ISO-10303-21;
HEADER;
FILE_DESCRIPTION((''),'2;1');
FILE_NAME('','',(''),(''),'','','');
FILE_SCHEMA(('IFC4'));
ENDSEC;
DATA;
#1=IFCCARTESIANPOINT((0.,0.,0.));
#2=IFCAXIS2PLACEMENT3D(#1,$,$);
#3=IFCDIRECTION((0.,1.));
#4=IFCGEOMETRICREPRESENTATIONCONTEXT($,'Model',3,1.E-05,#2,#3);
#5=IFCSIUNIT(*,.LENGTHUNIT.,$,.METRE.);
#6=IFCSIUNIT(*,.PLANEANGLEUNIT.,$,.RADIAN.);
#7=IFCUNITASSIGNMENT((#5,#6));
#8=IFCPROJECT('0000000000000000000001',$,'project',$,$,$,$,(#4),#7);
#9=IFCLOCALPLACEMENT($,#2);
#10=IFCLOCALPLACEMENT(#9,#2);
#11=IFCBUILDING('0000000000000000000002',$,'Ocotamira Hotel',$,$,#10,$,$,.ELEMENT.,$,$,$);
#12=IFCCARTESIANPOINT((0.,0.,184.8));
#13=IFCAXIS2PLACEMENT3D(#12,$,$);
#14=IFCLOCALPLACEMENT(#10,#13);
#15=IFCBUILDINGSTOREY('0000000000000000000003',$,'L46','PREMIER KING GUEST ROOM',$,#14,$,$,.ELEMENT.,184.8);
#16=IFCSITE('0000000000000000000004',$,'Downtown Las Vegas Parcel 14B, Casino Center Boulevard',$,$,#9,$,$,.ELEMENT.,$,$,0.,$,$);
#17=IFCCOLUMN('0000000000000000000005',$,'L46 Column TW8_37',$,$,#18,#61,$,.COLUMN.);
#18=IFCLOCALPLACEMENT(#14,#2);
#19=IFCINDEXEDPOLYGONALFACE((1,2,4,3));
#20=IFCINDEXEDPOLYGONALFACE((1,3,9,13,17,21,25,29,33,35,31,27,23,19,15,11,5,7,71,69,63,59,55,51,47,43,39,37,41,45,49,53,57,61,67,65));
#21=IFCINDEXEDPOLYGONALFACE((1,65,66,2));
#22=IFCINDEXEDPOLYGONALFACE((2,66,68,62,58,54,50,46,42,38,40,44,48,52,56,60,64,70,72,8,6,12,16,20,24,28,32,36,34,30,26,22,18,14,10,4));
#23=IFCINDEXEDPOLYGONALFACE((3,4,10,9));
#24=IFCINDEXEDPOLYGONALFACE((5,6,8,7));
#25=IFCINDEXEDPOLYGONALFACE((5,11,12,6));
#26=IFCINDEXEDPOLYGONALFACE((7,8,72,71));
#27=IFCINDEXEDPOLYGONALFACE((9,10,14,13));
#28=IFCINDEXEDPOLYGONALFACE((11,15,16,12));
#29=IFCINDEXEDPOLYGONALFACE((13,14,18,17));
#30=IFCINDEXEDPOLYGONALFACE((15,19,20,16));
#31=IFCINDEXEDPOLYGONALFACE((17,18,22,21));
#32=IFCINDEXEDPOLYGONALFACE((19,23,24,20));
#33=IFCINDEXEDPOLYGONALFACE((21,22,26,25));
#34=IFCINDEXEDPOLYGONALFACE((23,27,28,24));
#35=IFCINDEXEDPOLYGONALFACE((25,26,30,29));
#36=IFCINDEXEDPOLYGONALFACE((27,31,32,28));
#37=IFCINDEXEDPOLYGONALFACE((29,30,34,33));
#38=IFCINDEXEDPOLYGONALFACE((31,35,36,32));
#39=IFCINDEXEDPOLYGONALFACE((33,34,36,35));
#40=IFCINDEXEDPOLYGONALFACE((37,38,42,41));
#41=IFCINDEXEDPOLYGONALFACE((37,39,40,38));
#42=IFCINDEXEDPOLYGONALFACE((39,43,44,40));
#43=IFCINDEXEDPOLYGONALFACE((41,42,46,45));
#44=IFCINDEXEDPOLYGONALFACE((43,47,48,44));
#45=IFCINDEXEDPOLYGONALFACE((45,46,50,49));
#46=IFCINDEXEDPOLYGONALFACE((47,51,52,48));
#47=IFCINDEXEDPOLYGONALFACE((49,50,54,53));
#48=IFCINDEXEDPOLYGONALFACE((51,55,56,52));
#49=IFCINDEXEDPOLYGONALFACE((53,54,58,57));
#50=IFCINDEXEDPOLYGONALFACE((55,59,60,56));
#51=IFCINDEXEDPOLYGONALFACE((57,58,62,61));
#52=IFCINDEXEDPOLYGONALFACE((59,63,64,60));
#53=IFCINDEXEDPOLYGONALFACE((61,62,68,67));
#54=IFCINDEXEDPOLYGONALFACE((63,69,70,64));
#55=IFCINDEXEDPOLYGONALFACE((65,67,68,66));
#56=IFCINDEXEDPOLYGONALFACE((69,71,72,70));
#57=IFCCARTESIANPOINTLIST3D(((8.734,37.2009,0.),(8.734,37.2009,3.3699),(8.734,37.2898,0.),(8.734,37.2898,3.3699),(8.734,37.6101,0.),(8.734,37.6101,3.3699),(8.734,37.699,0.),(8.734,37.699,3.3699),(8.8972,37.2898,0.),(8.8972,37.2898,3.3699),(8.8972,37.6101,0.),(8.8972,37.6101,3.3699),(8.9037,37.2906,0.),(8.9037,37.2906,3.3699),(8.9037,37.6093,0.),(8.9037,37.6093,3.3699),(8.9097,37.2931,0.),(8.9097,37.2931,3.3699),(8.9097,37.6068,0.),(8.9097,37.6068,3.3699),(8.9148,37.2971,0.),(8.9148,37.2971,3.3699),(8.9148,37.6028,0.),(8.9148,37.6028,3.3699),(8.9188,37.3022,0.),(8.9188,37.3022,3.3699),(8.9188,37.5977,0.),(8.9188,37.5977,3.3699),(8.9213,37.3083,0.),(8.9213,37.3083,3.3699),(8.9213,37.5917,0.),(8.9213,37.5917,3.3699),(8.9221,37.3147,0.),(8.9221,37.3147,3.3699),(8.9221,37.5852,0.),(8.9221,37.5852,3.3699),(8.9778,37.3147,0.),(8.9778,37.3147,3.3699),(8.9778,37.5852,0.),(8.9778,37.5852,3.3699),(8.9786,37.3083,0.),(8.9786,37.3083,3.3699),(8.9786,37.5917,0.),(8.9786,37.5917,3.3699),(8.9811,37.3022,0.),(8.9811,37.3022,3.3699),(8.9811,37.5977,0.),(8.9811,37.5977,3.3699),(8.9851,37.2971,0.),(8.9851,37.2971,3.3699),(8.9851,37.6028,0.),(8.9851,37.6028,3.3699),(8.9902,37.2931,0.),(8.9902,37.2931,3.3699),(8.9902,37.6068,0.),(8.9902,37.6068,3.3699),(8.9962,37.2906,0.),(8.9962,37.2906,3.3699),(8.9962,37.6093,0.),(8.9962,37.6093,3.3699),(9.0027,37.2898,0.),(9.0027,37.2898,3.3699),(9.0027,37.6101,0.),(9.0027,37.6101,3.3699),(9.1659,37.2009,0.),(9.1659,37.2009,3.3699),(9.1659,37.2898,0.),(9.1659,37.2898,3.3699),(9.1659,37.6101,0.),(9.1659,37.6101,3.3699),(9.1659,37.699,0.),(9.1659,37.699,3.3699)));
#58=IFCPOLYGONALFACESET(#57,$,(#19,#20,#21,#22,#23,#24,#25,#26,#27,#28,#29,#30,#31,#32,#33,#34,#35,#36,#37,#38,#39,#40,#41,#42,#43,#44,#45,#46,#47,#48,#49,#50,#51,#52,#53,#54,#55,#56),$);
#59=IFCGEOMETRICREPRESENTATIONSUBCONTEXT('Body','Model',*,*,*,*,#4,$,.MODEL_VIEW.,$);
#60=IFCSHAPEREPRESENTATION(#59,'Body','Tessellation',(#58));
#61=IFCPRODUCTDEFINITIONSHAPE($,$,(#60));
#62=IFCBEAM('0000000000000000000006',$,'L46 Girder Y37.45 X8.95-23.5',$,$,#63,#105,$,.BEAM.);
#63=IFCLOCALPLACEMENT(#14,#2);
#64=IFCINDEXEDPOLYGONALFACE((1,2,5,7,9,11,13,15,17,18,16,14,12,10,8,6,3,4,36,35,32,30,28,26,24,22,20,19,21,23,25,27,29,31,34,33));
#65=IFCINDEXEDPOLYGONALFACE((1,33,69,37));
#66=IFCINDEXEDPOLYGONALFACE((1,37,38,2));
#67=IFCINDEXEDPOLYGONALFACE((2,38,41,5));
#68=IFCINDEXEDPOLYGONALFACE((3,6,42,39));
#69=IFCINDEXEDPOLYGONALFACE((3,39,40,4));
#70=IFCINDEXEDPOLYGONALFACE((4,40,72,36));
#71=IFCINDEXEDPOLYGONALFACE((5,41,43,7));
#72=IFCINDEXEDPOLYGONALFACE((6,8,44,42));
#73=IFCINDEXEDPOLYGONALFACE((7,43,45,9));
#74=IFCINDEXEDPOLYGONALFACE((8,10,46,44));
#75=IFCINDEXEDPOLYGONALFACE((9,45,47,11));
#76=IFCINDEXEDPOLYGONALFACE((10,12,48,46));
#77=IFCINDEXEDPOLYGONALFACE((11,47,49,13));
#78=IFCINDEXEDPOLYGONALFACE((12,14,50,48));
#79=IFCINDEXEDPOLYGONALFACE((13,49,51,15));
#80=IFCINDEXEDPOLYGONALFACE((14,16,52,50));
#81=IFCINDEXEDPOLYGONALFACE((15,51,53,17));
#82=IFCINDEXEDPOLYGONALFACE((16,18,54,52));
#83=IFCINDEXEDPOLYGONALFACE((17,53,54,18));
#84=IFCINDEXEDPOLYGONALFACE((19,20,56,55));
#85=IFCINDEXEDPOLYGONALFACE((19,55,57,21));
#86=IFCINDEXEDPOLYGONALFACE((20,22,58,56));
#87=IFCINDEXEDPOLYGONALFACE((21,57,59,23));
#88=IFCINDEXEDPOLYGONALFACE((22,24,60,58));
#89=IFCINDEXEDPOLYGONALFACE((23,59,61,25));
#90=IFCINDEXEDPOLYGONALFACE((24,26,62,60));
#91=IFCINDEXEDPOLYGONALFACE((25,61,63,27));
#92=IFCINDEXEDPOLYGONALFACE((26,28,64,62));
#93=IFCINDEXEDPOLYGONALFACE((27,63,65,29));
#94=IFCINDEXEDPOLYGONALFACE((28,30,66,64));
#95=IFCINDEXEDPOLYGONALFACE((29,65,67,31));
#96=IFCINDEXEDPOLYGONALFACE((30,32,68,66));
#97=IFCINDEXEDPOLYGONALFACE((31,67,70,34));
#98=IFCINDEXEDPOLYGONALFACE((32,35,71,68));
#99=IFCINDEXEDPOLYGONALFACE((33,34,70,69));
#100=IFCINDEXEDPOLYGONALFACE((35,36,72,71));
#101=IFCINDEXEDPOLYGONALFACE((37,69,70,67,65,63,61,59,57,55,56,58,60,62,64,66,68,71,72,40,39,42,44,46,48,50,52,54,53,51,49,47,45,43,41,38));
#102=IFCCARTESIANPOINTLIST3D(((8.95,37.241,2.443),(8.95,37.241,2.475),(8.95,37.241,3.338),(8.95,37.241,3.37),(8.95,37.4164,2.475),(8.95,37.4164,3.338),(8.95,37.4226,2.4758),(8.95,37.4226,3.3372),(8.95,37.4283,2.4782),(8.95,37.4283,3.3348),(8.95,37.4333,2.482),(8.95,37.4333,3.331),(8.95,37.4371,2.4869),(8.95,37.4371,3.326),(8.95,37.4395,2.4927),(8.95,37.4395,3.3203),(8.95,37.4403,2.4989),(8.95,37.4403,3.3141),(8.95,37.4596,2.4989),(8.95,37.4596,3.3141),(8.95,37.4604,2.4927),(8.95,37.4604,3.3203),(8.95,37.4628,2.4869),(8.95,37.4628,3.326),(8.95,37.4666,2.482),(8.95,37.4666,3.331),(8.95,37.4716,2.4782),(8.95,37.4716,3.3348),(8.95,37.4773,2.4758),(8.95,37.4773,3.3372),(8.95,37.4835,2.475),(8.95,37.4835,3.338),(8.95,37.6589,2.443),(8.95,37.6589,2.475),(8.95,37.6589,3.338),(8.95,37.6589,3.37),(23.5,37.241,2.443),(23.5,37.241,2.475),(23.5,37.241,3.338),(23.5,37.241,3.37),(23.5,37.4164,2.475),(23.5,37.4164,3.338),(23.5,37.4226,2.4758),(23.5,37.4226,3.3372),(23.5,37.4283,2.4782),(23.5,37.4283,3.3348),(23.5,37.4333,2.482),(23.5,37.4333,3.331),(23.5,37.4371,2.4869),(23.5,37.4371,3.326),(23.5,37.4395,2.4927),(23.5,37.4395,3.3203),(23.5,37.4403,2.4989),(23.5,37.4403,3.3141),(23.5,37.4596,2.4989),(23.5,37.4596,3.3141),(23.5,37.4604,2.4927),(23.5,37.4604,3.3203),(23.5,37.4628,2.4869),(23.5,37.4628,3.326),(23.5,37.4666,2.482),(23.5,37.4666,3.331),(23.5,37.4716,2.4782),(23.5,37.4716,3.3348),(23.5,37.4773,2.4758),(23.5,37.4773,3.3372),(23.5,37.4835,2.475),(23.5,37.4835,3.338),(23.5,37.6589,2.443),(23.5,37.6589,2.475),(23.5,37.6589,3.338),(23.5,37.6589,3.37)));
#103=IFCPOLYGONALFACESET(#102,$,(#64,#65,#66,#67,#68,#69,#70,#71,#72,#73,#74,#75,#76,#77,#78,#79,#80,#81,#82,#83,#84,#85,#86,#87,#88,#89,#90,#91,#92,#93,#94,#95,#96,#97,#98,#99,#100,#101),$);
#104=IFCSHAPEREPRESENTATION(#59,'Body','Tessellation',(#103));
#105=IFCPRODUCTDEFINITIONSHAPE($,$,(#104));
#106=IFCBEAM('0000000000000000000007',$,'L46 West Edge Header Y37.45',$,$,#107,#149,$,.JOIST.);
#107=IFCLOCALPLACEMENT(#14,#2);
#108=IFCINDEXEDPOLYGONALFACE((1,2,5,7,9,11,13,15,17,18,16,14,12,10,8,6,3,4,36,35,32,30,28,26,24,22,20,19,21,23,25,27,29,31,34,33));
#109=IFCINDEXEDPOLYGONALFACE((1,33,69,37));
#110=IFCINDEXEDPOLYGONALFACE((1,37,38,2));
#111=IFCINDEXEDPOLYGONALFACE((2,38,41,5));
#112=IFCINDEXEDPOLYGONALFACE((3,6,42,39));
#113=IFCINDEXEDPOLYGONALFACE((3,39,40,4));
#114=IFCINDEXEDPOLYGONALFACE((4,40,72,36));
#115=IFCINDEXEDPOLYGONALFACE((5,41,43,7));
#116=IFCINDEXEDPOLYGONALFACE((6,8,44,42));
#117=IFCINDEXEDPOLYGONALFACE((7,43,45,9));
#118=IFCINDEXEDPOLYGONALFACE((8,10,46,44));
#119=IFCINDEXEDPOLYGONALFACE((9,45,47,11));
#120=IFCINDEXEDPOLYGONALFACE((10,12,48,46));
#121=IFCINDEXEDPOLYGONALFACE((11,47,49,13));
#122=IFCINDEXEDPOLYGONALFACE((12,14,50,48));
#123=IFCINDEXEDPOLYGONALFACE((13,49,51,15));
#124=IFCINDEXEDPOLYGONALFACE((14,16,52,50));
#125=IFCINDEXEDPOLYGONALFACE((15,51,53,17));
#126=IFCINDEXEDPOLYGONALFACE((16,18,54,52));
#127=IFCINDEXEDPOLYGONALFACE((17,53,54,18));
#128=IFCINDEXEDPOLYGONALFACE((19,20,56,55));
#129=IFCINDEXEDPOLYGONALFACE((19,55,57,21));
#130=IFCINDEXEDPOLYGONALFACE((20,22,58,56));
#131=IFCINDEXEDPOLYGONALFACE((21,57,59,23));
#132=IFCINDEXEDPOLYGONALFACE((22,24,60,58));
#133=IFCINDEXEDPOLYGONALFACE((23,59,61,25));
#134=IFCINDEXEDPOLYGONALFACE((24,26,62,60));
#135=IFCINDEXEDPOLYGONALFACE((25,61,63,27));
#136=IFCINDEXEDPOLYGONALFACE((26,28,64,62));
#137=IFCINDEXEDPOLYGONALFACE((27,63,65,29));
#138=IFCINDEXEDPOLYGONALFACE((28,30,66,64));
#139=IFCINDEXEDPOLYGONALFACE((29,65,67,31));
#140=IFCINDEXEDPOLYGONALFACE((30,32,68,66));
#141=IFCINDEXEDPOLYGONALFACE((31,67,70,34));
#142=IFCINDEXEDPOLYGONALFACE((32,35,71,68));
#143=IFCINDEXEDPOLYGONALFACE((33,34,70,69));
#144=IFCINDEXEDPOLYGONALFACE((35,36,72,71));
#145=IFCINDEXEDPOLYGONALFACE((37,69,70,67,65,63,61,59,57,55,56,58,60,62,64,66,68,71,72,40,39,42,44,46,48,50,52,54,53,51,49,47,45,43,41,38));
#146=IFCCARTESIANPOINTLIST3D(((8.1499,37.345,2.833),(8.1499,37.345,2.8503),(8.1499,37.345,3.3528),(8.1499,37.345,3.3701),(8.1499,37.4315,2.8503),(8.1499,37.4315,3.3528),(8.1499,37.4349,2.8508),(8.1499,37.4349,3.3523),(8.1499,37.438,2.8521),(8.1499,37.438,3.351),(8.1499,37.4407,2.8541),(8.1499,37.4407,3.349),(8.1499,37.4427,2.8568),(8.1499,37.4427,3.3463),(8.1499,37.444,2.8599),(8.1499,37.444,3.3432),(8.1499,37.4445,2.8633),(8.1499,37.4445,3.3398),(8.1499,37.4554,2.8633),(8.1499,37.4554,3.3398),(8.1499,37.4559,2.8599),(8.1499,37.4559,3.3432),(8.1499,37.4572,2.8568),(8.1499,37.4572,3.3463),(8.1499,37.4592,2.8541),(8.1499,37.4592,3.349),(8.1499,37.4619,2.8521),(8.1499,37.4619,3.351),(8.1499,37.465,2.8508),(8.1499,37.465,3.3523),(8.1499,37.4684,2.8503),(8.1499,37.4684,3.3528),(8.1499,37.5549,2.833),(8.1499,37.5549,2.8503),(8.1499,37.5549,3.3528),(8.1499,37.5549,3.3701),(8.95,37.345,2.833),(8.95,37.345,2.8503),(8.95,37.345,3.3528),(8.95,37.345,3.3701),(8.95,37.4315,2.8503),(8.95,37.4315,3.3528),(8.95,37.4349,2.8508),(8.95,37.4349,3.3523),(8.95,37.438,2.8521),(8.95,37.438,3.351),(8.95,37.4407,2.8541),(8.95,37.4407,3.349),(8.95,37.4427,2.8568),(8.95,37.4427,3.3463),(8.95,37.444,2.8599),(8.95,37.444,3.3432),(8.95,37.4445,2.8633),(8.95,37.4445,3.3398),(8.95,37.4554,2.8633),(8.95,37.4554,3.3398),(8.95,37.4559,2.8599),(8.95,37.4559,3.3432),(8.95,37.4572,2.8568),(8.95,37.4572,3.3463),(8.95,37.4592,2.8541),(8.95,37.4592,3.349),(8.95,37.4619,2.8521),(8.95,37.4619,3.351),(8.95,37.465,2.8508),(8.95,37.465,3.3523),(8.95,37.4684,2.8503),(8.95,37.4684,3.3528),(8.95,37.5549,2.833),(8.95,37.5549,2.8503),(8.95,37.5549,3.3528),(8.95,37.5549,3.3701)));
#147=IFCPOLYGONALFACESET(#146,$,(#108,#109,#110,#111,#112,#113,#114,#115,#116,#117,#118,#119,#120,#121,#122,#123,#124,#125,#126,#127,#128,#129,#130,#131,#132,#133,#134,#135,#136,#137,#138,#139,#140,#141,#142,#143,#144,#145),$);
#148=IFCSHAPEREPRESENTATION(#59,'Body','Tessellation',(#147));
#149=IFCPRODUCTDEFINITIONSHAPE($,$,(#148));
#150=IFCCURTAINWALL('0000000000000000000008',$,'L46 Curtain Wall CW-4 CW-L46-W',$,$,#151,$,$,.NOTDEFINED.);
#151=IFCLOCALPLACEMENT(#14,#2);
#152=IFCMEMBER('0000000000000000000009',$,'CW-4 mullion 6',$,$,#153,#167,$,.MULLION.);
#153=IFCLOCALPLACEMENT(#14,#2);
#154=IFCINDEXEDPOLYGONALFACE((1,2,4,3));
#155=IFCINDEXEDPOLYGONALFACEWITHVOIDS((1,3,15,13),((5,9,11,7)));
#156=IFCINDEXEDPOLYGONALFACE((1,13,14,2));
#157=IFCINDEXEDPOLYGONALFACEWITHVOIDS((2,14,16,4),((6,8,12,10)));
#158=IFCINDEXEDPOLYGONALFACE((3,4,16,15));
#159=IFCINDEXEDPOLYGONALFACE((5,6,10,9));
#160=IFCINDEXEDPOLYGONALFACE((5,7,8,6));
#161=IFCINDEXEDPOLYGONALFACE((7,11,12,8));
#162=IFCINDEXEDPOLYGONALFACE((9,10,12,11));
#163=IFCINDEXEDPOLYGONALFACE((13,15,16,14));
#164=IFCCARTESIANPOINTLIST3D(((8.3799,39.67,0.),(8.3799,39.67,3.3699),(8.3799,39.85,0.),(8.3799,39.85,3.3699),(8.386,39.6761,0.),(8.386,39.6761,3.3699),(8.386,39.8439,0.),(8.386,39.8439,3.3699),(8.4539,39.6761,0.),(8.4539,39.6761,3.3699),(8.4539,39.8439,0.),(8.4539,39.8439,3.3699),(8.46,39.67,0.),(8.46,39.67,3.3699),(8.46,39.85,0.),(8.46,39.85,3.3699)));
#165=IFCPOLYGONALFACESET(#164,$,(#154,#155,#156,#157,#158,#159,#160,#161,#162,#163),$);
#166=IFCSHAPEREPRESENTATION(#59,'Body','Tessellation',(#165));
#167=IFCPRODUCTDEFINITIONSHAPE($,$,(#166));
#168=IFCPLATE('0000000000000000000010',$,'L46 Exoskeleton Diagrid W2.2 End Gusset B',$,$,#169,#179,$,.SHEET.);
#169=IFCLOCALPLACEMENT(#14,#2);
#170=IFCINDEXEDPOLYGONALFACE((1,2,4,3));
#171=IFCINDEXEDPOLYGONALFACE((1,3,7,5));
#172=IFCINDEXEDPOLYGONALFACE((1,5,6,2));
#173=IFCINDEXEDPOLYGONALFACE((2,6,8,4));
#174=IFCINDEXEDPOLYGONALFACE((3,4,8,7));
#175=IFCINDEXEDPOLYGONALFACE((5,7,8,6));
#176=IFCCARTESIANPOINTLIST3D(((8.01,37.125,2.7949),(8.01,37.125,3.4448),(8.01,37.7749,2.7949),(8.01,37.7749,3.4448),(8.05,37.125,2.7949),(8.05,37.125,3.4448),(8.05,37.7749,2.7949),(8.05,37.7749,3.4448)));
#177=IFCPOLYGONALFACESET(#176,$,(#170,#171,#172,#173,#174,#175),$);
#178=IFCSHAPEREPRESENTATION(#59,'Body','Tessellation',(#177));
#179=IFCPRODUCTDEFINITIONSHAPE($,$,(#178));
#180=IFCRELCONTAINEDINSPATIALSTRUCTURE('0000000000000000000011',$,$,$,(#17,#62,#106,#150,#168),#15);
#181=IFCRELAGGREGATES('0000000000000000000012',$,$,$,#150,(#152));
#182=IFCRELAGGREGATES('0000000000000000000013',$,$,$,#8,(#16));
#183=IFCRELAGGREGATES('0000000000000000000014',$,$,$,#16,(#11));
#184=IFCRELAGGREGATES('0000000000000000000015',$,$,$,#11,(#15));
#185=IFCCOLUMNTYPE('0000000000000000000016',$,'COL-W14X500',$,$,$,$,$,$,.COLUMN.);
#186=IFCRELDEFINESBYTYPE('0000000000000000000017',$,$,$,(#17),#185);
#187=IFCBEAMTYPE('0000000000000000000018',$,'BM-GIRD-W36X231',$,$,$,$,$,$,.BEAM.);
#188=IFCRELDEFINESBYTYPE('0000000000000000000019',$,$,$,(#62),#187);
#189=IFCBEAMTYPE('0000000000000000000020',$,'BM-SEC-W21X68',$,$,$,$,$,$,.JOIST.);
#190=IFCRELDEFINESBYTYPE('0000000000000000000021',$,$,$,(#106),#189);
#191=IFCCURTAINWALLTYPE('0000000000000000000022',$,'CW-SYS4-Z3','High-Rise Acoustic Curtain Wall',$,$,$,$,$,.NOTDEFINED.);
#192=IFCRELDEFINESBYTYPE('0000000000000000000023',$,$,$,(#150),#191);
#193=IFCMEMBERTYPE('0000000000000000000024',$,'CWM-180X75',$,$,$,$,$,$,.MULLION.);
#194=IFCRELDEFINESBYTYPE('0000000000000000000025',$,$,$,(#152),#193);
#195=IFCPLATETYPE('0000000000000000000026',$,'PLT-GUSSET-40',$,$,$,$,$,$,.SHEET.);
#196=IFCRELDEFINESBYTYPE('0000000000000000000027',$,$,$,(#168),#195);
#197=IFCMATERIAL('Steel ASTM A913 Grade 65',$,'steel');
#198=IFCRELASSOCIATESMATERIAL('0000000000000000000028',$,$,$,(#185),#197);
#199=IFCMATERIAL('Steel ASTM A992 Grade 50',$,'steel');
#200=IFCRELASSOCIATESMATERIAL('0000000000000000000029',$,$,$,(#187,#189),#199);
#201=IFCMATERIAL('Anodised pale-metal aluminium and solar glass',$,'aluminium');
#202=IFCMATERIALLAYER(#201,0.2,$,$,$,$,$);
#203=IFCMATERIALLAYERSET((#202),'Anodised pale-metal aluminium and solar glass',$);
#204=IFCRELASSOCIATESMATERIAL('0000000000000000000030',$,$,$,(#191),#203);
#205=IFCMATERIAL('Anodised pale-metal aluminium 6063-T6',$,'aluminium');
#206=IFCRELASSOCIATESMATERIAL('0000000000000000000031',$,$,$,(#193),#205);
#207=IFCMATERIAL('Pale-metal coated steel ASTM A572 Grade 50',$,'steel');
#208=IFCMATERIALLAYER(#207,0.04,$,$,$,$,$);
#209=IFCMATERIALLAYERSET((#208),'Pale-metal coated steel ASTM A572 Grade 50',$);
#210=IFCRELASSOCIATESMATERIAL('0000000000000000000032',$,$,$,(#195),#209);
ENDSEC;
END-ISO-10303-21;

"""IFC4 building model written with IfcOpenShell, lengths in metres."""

from ifc_helpers import new_model, si_unit, direction, frame, origin, origin_2d, place, context, subcontext, project, spatial, rectangle, hollow_rectangle, i_section, extrude, source, transform, mapped, material, layer, layer_set, material_profile, profile_set, type_object, element, aggregate, save


model = new_model("IFC4")

# Units and contexts
model_context = context("Model", 3, precision=1e-05, world=origin(), true_north=direction((0.0, 1.0)))
body_context = subcontext(model_context, "Body", "Model", "MODEL_VIEW")
ifc_project = project(units=[si_unit("LENGTHUNIT", "METRE"), si_unit("PLANEANGLEUNIT", "RADIAN")], contexts=[model_context])

# Site, building, storey
site_placement = place(None, origin())
site = spatial("IfcSite", under=ifc_project, at=site_placement, Name="Downtown Las Vegas Parcel 14B, Casino Center Boulevard", CompositionType="ELEMENT", RefElevation=0.0)
building_placement = place(site_placement, origin())
building = spatial("IfcBuilding", under=site, at=building_placement, Name="Ocotamira Hotel", CompositionType="ELEMENT")
storey_placement = place(building_placement, frame((0.0, 0.0, 184.8)))
storey = spatial("IfcBuildingStorey", under=building, at=storey_placement, Name="L46", Description="PREMIER KING GUEST ROOM", CompositionType="ELEMENT", Elevation=184.8)

# Column
ifc_material_1 = material(Name="Steel ASTM A913 Grade 65", Category="steel")
ifc_material_profile_1 = material_profile(ifc_material_1, i_section(OverallWidth=0.4319, OverallDepth=0.498, WebThickness=0.0557, FlangeThickness=0.0889, FilletRadius=0.0249, at=origin_2d()), Name="W14X500")
ifc_profile_set_1 = profile_set([ifc_material_profile_1], Name="Steel ASTM A913 Grade 65")
column_type = type_object("IfcColumnType", Name="COL-W14X500", PredefinedType="COLUMN", material=ifc_profile_set_1)
shared_shape_1 = source(origin(), body_context, "Body", "SweptSolid", [
    extrude(i_section(OverallWidth=0.4319, OverallDepth=0.498, WebThickness=0.0557, FlangeThickness=0.0889, FilletRadius=0.0249, at=origin_2d()), origin(), (0.0, 0.0, 1.0), 3.3699),
])
column_placement = place(storey_placement, frame((8.95, 37.45, 0.0), z_axis=(0.0, 0.0, 1.0), x_axis=(1.0, 0.0, 0.0)))
element("IfcColumn", 1, at=column_placement, inside=storey, type_object=column_type, Name="L46 Column TW8_37", PredefinedType="COLUMN", context=body_context, shape_type="MappedRepresentation", body=[
    mapped(shared_shape_1, transform((0.0, 0.0, 0.0), scale=1.0)),
])

# Beams
ifc_material_2 = material(Name="Steel ASTM A992 Grade 50", Category="steel")
ifc_material_profile_2 = material_profile(ifc_material_2, i_section(OverallWidth=0.418, OverallDepth=0.927, WebThickness=0.0193, FlangeThickness=0.032, FilletRadius=0.0239, at=origin_2d()), Name="W36X231")
ifc_profile_set_2 = profile_set([ifc_material_profile_2], Name="Steel ASTM A992 Grade 50")
beam_type_1 = type_object("IfcBeamType", Name="BM-GIRD-W36X231", PredefinedType="BEAM", material=ifc_profile_set_2)
shared_shape_2 = source(origin(), body_context, "Body", "SweptSolid", [
    extrude(i_section(OverallWidth=0.418, OverallDepth=0.927, WebThickness=0.0193, FlangeThickness=0.032, FilletRadius=0.0239, at=origin_2d()), origin(), (0.0, 0.0, 1.0), 14.55),
])
beam_1_placement = place(storey_placement, frame((8.95, 37.45, 2.9065), z_axis=(1.0, 0.0, 0.0), x_axis=(0.0, 1.0, 0.0)))
element("IfcBeam", 2, at=beam_1_placement, inside=storey, type_object=beam_type_1, Name="L46 Girder Y37.45 X8.95-23.5", PredefinedType="BEAM", context=body_context, shape_type="MappedRepresentation", body=[
    mapped(shared_shape_2, transform((0.0, 0.0, 0.0), scale=1.0)),
])
ifc_material_profile_3 = material_profile(ifc_material_2, i_section(OverallWidth=0.21, OverallDepth=0.5371, WebThickness=0.011, FlangeThickness=0.0173, FilletRadius=0.0129, at=origin_2d()), Name="W21X68")
ifc_profile_set_3 = profile_set([ifc_material_profile_3], Name="Steel ASTM A992 Grade 50")
beam_type_2 = type_object("IfcBeamType", Name="BM-SEC-W21X68", PredefinedType="JOIST", material=ifc_profile_set_3)
shared_shape_3 = source(origin(), body_context, "Body", "SweptSolid", [
    extrude(i_section(OverallWidth=0.21, OverallDepth=0.5371, WebThickness=0.011, FlangeThickness=0.0173, FilletRadius=0.0129, at=origin_2d()), origin(), (0.0, 0.0, 1.0), 0.8),
])
beam_2_placement = place(storey_placement, frame((8.95, 37.45, 3.1016), z_axis=(-1.0, 0.0, 0.0), x_axis=(0.0, -1.0, 0.0)))
element("IfcBeam", 3, at=beam_2_placement, inside=storey, type_object=beam_type_2, Name="L46 West Edge Header Y37.45", PredefinedType="JOIST", context=body_context, shape_type="MappedRepresentation", body=[
    mapped(shared_shape_3, transform((0.0, 0.0, 0.0), scale=1.0)),
])

# Curtain wall, member
ifc_material_3 = material(Name="Anodised pale-metal aluminium and solar glass", Category="aluminium")
ifc_layer_1 = layer(ifc_material_3, 0.2)
ifc_layer_set_1 = layer_set([ifc_layer_1], Name="Anodised pale-metal aluminium and solar glass")
curtain_wall_type = type_object("IfcCurtainWallType", Name="CW-SYS4-Z3", Description="High-Rise Acoustic Curtain Wall", PredefinedType="NOTDEFINED", material=ifc_layer_set_1)
curtain_wall_placement = place(storey_placement, origin())
curtain_wall = element("IfcCurtainWall", 4, at=curtain_wall_placement, inside=storey, type_object=curtain_wall_type, Name="L46 Curtain Wall CW-4 CW-L46-W", PredefinedType="NOTDEFINED")
ifc_material_4 = material(Name="Anodised pale-metal aluminium 6063-T6", Category="aluminium")
ifc_material_profile_4 = material_profile(ifc_material_4, hollow_rectangle(XDim=0.0801, YDim=0.1799, WallThickness=0.0061, at=origin_2d()), Name="HSS180X80X6")
ifc_profile_set_4 = profile_set([ifc_material_profile_4], Name="Anodised pale-metal aluminium 6063-T6")
member_type = type_object("IfcMemberType", Name="CWM-180X75", PredefinedType="MULLION", material=ifc_profile_set_4)
shared_shape_4 = source(origin(), body_context, "Body", "SweptSolid", [
    extrude(hollow_rectangle(XDim=0.0801, YDim=0.1799, WallThickness=0.0061, at=origin_2d()), origin(), (0.0, 0.0, 1.0), 3.3699),
])
member_placement = place(storey_placement, frame((8.4199, 39.76, 0.0), z_axis=(0.0, 0.0, 1.0), x_axis=(-1.0, 0.0, 0.0)))
member = element("IfcMember", 5, at=member_placement, type_object=member_type, Name="CW-4 mullion 6", PredefinedType="MULLION", context=body_context, shape_type="MappedRepresentation", body=[
    mapped(shared_shape_4, transform((0.0, 0.0, 0.0), scale=1.0)),
])

# Plate
ifc_material_5 = material(Name="Pale-metal coated steel ASTM A572 Grade 50", Category="steel")
ifc_layer_2 = layer(ifc_material_5, 0.04)
ifc_layer_set_2 = layer_set([ifc_layer_2], Name="Pale-metal coated steel ASTM A572 Grade 50")
plate_type_1 = type_object("IfcPlateType", Name="PLT-GUSSET-40", PredefinedType="SHEET", material=ifc_layer_set_2)
shared_shape_5 = source(origin(), body_context, "Body", "SweptSolid", [
    extrude(rectangle(XDim=0.04, YDim=0.6499, at=origin_2d()), origin(), (0.0, 0.0, 1.0), 0.6499),
])
plate_1_placement = place(storey_placement, frame((8.03, 37.45, 2.7949), z_axis=(0.0, 0.0, 1.0), x_axis=(1.0, 0.0, 0.0)))
element("IfcPlate", 6, at=plate_1_placement, inside=storey, type_object=plate_type_1, Name="L46 Exoskeleton Diagrid W2.2 End Gusset B", PredefinedType="SHEET", context=body_context, shape_type="MappedRepresentation", body=[
    mapped(shared_shape_5, transform((0.0, 0.0, 0.0), scale=1.0)),
])
aggregate(curtain_wall, [member])

save(model, "model.ifc")
